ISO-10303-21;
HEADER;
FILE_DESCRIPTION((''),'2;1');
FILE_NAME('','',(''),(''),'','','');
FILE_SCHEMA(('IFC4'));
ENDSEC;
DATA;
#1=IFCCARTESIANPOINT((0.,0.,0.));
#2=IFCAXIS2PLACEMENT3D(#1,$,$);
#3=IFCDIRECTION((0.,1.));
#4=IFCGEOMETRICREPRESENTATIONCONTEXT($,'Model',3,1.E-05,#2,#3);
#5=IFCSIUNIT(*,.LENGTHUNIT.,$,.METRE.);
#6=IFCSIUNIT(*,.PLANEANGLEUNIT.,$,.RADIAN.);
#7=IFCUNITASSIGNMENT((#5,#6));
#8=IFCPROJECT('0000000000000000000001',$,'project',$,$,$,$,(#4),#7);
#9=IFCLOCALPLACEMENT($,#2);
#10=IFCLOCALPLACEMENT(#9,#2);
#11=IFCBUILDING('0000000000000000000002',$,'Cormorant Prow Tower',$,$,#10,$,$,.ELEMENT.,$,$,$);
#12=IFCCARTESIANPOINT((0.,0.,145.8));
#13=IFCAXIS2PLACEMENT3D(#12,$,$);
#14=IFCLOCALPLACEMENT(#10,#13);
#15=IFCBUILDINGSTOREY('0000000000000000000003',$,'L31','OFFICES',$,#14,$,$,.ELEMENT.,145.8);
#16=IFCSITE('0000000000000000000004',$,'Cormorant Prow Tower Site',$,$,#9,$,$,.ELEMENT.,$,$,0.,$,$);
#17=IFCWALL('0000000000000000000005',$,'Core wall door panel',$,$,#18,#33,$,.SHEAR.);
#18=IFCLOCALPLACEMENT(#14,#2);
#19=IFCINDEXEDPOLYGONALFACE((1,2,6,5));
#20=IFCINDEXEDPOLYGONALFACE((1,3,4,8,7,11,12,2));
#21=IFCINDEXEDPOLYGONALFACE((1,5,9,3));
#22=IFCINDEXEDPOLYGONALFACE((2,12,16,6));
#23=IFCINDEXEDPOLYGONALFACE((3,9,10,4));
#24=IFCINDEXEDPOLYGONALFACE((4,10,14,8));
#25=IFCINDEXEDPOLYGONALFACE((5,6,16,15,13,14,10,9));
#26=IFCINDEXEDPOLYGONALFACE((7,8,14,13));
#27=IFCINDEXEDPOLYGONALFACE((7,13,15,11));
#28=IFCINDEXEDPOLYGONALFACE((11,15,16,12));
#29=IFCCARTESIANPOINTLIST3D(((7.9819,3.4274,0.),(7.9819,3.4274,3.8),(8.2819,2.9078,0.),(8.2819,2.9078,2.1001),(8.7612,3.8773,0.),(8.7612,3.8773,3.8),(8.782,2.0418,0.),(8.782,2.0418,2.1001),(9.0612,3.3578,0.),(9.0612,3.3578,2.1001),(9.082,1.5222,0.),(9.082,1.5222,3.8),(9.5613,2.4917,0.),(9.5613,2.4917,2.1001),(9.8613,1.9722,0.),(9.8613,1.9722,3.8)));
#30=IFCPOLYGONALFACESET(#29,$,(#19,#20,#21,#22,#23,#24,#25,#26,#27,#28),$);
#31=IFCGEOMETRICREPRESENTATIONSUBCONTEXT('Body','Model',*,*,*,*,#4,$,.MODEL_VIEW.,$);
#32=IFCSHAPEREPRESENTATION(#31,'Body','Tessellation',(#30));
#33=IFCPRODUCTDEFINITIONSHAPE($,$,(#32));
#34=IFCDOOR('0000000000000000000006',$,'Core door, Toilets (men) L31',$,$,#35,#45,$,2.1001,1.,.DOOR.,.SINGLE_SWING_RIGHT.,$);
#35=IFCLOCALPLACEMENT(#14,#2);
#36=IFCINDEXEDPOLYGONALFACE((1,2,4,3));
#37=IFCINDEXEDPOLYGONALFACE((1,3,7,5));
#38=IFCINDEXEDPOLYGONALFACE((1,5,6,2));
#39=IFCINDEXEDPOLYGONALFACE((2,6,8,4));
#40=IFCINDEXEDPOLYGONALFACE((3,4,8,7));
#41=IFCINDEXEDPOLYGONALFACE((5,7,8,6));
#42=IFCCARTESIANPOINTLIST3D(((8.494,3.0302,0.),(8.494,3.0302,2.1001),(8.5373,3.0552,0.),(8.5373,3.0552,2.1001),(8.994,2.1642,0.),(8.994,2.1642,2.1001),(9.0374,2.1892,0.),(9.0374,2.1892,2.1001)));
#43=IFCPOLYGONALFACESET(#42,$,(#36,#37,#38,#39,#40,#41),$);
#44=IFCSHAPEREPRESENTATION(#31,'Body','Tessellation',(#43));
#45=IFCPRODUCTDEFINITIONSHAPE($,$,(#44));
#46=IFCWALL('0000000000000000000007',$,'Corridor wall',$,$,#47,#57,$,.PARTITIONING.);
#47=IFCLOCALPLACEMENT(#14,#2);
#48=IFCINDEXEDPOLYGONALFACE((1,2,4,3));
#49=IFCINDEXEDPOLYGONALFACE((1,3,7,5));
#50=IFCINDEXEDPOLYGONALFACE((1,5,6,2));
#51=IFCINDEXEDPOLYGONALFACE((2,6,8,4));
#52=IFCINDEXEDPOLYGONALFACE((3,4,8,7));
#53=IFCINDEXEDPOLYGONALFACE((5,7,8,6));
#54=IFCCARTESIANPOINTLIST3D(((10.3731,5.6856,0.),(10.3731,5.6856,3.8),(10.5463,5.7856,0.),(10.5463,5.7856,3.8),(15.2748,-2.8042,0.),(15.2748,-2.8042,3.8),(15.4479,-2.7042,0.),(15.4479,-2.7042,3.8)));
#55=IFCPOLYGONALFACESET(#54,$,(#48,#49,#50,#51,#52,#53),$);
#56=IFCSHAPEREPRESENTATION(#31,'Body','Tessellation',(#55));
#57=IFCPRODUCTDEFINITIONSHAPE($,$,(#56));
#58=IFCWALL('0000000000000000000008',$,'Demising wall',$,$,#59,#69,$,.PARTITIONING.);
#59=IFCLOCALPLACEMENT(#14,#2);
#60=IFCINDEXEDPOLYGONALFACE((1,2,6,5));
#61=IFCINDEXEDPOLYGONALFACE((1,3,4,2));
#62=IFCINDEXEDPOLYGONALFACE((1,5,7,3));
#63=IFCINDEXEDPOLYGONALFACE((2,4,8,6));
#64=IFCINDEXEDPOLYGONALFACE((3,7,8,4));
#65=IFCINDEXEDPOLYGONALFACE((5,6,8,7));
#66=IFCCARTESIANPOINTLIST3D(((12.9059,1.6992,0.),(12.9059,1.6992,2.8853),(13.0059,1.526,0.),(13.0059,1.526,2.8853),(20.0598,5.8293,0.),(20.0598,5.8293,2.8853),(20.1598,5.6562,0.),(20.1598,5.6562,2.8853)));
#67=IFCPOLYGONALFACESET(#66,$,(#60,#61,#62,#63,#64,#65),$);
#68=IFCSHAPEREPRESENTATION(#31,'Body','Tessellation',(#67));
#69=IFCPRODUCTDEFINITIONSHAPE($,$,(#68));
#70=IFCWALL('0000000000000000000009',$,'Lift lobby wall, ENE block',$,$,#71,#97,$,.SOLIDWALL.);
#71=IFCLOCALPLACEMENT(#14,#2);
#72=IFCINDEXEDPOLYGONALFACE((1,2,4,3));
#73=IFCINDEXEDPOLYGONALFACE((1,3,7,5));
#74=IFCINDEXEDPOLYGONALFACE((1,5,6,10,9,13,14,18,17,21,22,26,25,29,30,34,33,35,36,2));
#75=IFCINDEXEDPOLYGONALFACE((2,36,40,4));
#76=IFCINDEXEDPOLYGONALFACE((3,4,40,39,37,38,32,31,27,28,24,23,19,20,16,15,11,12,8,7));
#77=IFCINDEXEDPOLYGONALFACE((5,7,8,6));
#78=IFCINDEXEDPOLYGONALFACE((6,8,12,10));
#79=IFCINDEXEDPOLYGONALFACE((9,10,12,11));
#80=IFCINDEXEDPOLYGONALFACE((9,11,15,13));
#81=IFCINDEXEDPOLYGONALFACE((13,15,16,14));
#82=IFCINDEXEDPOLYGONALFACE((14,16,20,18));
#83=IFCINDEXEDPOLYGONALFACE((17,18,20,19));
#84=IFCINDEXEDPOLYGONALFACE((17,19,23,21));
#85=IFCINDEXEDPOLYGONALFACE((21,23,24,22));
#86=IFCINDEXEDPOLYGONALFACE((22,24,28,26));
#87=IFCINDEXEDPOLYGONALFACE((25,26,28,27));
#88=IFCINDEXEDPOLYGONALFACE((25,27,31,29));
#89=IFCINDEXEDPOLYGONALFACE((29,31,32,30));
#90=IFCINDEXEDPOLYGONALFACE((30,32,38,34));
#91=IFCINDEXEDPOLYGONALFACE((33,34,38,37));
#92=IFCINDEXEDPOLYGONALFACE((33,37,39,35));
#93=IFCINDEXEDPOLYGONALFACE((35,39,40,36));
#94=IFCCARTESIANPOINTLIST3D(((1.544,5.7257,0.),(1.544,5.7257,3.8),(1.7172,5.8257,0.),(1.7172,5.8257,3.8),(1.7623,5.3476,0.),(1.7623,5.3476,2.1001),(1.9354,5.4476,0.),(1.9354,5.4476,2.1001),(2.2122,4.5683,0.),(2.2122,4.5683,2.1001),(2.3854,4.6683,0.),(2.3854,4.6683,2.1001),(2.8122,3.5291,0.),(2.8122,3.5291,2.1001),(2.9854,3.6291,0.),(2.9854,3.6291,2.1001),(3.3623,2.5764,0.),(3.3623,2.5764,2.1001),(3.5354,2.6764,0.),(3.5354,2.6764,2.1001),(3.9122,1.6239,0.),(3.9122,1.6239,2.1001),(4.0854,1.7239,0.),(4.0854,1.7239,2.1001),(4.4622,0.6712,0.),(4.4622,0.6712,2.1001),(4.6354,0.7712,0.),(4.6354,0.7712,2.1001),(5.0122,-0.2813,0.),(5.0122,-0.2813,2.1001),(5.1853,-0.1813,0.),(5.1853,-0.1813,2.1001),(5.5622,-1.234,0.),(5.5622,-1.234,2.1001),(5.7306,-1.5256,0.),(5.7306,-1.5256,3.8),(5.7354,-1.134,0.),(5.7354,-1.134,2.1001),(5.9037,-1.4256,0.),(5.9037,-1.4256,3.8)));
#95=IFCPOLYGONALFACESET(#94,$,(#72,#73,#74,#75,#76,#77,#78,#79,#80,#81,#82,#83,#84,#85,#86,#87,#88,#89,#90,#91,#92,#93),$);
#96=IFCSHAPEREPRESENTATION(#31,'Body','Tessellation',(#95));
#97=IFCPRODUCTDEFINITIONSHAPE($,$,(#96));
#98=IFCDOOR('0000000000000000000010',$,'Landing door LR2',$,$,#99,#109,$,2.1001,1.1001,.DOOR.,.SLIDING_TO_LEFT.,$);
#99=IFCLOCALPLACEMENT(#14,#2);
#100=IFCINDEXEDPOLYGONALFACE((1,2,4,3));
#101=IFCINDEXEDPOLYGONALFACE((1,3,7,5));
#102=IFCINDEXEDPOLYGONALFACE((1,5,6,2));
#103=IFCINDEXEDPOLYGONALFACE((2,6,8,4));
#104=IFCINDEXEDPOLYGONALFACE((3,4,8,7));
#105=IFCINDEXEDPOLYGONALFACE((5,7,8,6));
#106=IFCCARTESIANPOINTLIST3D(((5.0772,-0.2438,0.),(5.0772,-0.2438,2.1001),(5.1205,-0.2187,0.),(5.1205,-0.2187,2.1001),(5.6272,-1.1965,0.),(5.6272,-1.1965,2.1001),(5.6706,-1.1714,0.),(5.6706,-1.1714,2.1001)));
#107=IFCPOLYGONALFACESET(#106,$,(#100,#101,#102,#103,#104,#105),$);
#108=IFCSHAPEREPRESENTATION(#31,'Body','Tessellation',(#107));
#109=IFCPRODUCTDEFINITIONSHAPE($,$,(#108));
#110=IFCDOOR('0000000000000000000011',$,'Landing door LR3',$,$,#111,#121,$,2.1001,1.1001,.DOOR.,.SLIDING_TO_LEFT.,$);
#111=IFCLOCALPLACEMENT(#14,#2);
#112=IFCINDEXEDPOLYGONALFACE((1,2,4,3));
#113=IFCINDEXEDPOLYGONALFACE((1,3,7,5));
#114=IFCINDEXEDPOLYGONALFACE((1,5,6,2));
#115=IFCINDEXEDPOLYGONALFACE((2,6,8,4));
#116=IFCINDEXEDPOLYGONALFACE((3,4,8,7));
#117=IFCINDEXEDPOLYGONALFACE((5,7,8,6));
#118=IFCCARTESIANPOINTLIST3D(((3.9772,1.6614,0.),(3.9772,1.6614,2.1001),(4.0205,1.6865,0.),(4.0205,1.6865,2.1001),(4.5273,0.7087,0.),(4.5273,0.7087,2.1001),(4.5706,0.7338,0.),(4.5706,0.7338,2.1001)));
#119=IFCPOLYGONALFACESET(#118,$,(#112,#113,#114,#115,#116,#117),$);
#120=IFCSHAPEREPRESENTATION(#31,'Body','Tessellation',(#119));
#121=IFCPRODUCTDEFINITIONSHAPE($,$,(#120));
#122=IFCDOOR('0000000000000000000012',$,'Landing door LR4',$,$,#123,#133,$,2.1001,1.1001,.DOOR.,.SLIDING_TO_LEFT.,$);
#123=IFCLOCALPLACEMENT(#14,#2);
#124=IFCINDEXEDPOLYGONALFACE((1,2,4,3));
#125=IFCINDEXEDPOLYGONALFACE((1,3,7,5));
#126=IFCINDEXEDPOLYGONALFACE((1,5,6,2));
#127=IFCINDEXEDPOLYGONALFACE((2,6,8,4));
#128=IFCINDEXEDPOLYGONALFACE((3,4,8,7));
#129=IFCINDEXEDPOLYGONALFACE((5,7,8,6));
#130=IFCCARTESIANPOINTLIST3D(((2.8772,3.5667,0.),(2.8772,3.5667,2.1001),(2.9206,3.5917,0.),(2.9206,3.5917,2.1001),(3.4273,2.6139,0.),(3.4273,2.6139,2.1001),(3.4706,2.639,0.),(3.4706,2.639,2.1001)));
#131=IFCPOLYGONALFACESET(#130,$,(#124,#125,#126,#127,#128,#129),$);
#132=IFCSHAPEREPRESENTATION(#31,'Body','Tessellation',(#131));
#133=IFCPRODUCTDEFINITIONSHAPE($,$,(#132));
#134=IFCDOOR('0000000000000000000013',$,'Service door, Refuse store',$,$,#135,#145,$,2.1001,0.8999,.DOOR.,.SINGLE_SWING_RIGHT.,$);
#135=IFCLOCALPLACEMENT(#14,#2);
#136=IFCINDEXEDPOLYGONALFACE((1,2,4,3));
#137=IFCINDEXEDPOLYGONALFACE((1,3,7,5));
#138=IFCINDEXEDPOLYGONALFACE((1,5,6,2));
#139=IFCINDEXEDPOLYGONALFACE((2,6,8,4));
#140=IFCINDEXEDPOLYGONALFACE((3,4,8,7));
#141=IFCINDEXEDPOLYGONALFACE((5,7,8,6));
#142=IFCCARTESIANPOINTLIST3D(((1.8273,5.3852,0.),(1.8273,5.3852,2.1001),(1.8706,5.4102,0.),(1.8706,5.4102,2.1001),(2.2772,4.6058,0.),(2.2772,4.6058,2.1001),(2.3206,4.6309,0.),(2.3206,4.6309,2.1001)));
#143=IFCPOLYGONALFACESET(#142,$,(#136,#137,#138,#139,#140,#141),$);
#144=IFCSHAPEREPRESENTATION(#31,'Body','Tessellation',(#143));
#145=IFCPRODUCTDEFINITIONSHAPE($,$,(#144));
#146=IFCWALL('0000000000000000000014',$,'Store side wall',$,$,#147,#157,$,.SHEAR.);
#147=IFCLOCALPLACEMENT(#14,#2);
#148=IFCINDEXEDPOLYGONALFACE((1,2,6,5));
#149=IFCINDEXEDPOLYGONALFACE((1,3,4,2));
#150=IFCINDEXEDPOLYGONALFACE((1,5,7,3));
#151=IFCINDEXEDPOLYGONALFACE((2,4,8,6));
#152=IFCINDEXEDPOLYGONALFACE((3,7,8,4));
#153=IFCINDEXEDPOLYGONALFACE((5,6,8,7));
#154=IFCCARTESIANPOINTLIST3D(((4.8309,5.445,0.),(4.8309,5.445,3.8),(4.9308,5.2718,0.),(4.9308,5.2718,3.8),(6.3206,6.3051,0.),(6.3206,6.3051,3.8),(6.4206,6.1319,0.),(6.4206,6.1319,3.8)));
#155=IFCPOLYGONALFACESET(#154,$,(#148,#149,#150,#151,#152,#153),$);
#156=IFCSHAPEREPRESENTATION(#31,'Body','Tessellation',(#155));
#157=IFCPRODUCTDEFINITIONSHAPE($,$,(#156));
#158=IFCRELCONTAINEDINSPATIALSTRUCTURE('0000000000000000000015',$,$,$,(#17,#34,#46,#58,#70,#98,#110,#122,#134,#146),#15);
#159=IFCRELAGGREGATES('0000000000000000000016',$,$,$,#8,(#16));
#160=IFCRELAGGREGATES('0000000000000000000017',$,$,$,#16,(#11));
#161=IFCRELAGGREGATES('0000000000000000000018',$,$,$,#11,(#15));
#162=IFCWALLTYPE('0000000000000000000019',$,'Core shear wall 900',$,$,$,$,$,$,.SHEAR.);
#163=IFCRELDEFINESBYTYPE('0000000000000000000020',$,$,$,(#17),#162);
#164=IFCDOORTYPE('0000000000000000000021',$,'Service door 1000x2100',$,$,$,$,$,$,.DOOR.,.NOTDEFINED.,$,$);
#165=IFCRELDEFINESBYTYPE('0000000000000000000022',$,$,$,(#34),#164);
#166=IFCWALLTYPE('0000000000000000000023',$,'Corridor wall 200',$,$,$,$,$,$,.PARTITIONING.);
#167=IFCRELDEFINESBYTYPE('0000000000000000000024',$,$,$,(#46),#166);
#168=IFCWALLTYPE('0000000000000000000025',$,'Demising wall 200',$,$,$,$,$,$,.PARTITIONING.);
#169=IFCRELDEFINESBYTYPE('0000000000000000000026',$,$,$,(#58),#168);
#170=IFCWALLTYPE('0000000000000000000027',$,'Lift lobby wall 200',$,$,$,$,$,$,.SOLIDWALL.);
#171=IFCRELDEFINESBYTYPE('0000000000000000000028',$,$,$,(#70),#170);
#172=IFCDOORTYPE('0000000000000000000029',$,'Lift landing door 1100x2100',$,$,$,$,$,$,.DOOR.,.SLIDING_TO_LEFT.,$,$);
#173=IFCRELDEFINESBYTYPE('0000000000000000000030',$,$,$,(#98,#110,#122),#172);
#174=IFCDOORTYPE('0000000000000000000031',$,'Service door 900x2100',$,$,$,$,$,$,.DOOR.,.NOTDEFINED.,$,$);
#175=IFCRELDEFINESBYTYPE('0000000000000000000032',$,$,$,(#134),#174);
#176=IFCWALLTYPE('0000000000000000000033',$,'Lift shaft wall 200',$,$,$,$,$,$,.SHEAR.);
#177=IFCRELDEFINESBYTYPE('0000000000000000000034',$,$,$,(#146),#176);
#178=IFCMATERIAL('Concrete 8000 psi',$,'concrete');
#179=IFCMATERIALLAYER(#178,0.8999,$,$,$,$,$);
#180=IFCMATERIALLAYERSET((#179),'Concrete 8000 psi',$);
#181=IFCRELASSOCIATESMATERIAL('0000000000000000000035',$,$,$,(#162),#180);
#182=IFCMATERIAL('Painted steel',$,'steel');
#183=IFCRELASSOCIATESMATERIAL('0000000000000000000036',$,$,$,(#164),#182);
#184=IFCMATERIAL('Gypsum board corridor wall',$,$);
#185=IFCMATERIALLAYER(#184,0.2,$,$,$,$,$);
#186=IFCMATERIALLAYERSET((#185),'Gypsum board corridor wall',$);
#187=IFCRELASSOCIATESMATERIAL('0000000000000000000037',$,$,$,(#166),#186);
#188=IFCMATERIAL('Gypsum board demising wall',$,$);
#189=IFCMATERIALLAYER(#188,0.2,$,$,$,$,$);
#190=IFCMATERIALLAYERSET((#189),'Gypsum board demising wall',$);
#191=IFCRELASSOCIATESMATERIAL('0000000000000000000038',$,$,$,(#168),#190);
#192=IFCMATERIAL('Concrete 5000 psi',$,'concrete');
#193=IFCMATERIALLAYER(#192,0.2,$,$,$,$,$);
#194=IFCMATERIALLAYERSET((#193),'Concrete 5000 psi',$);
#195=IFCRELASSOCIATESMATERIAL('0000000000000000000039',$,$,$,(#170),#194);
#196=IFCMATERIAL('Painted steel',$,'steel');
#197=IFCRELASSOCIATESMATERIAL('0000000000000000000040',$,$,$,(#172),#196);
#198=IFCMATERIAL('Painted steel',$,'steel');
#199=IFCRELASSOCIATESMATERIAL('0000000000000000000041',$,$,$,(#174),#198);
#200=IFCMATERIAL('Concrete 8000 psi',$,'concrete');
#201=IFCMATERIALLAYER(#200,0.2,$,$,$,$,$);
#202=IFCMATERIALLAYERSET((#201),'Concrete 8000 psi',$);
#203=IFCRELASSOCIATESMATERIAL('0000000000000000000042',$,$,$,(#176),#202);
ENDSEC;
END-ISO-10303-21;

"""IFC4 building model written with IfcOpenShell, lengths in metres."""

from ifc_helpers import new_model, si_unit, direction, frame, frame_2d, origin, place, context, subcontext, project, spatial, rectangle, extrude, material, layer, layer_set, type_object, element, fill, save


model = new_model("IFC4")

# Units and contexts
model_context = context("Model", 3, precision=1e-05, world=origin(), true_north=direction((0.0, 1.0)))
body_context = subcontext(model_context, "Body", "Model", "MODEL_VIEW")
ifc_project = project(units=[si_unit("LENGTHUNIT", "METRE"), si_unit("PLANEANGLEUNIT", "RADIAN")], contexts=[model_context])

# Site, building, storey
site_placement = place(None, origin())
site = spatial("IfcSite", under=ifc_project, at=site_placement, Name="Cormorant Prow Tower Site", CompositionType="ELEMENT", RefElevation=0.0)
building_placement = place(site_placement, origin())
building = spatial("IfcBuilding", under=site, at=building_placement, Name="Cormorant Prow Tower", CompositionType="ELEMENT")
storey_placement = place(building_placement, frame((0.0, 0.0, 145.8)))
storey = spatial("IfcBuildingStorey", under=building, at=storey_placement, Name="L31", Description="OFFICES", CompositionType="ELEMENT", Elevation=145.8)

# Shared definitions
ifc_material_1 = material(Name="Concrete 8000 psi", Category="concrete")
ifc_layer_1 = layer(ifc_material_1, 0.8999)
ifc_layer_set_1 = layer_set([ifc_layer_1], Name="Concrete 8000 psi")
wall_type_1 = type_object("IfcWallType", Name="Core shear wall 900", PredefinedType="SHEAR", material=ifc_layer_set_1)

# Wall, opening, door
wall_1_placement = place(storey_placement, frame((9.4717, 1.7471, 0.0), z_axis=(0.0, 0.0, 1.0), x_axis=(-0.50003, 0.866008, 0.0)))
wall_1 = element("IfcWall", 1, at=wall_1_placement, inside=storey, type_object=wall_type_1, Name="Core wall door panel", PredefinedType="SHEAR", context=body_context, shape_type="SweptSolid", body=[
    extrude(rectangle(XDim=2.2, YDim=0.8999, at=frame_2d((1.1001, 0.0))), origin(), (0.0, 0.0, 1.0), 3.8),
])
opening_1_placement = place(wall_1_placement, frame((0.6001, 0.0, 0.0)))
opening_1 = element("IfcOpeningElement", 2, at=opening_1_placement, cuts=wall_1, PredefinedType="OPENING", context=body_context, shape_type="SweptSolid", body=[
    extrude(rectangle(XDim=1.0, YDim=2.1001, at=frame_2d((0.5, 1.05))), frame((0.0, 0.46, 0.0), z_axis=(0.0, -1.0, 0.0), x_axis=(1.0, 0.0, 0.0)), (0.0, 0.0, 1.0), 0.9199),
])
ifc_material_2 = material(Name="Painted steel", Category="steel")
door_type_1 = type_object("IfcDoorType", Name="Service door 1000x2100", OperationType="NOTDEFINED", PredefinedType="DOOR", material=ifc_material_2)
door_1_placement = place(opening_1_placement, origin())
door_1 = element("IfcDoor", 3, at=door_1_placement, inside=storey, type_object=door_type_1, Name="Core door, Toilets (men) L31", OperationType="SINGLE_SWING_RIGHT", OverallHeight=2.1001, OverallWidth=1.0, PredefinedType="DOOR", context=body_context, shape_type="SweptSolid", body=[
    extrude(rectangle(XDim=1.0, YDim=2.1001, at=frame_2d((0.5, 1.05))), frame((0.0, 0.2051, 0.0), z_axis=(0.0, -1.0, 0.0), x_axis=(1.0, 0.0, 0.0)), (0.0, 0.0, 1.0), 0.05),
])
fill(opening_1, door_1)

# Walls
ifc_material_3 = material(Name="Gypsum board corridor wall")
ifc_layer_2 = layer(ifc_material_3, 0.2)
ifc_layer_set_2 = layer_set([ifc_layer_2], Name="Gypsum board corridor wall")
wall_type_2 = type_object("IfcWallType", Name="Corridor wall 200", PredefinedType="PARTITIONING", material=ifc_layer_set_2)
wall_2_placement = place(storey_placement, frame((10.4597, 5.7356, 0.0), z_axis=(0.0, 0.0, 1.0), x_axis=(0.500004, -0.866023, 0.0)))
element("IfcWall", 4, at=wall_2_placement, inside=storey, type_object=wall_type_2, Name="Corridor wall", PredefinedType="PARTITIONING", context=body_context, shape_type="SweptSolid", body=[
    extrude(rectangle(XDim=9.8032, YDim=0.2, at=frame_2d((4.9016, 0.0))), origin(), (0.0, 0.0, 1.0), 3.8),
])
ifc_material_4 = material(Name="Gypsum board demising wall")
ifc_layer_3 = layer(ifc_material_4, 0.2)
ifc_layer_set_3 = layer_set([ifc_layer_3], Name="Gypsum board demising wall")
wall_type_3 = type_object("IfcWallType", Name="Demising wall 200", PredefinedType="PARTITIONING", material=ifc_layer_set_3)
wall_3_placement = place(storey_placement, frame((12.9558, 1.6125, 0.0), z_axis=(0.0, 0.0, 1.0), x_axis=(0.866032, 0.499989, 0.0)))
element("IfcWall", 5, at=wall_3_placement, inside=storey, type_object=wall_type_3, Name="Demising wall", PredefinedType="PARTITIONING", context=body_context, shape_type="SweptSolid", body=[
    extrude(rectangle(XDim=8.2605, YDim=0.2, at=frame_2d((4.1304, 0.0))), origin(), (0.0, 0.0, 1.0), 2.8853),
])

# Wall, openings, doors
ifc_material_5 = material(Name="Concrete 5000 psi", Category="concrete")
ifc_layer_4 = layer(ifc_material_5, 0.2)
ifc_layer_set_4 = layer_set([ifc_layer_4], Name="Concrete 5000 psi")
wall_type_4 = type_object("IfcWallType", Name="Lift lobby wall 200", PredefinedType="SOLIDWALL", material=ifc_layer_set_4)
wall_4_placement = place(storey_placement, frame((5.8171, -1.4756, 0.0), z_axis=(0.0, 0.0, 1.0), x_axis=(-0.500003, 0.866024, 0.0)))
wall_4 = element("IfcWall", 6, at=wall_4_placement, inside=storey, type_object=wall_type_4, Name="Lift lobby wall, ENE block", PredefinedType="SOLIDWALL", context=body_context, shape_type="SweptSolid", body=[
    extrude(rectangle(XDim=8.373, YDim=0.2, at=frame_2d((4.1865, 0.0))), origin(), (0.0, 0.0, 1.0), 3.8),
])
opening_2_placement = place(wall_4_placement, frame((0.3367, 0.0, 0.0)))
opening_2 = element("IfcOpeningElement", 7, at=opening_2_placement, cuts=wall_4, PredefinedType="OPENING", context=body_context, shape_type="SweptSolid", body=[
    extrude(rectangle(XDim=1.1001, YDim=2.1001, at=frame_2d((0.55, 1.05))), frame((0.0, 0.1099, 0.0), z_axis=(0.0, -1.0, 0.0), x_axis=(1.0, 0.0, 0.0)), (0.0, 0.0, 1.0), 0.22),
])
opening_3_placement = place(wall_4_placement, frame((2.5366, 0.0, 0.0)))
opening_3 = element("IfcOpeningElement", 8, at=opening_3_placement, cuts=wall_4, PredefinedType="OPENING", context=body_context, shape_type="SweptSolid", body=[
    extrude(rectangle(XDim=1.1001, YDim=2.1001, at=frame_2d((0.55, 1.05))), frame((0.0, 0.1099, 0.0), z_axis=(0.0, -1.0, 0.0), x_axis=(1.0, 0.0, 0.0)), (0.0, 0.0, 1.0), 0.22),
])
opening_4_placement = place(wall_4_placement, frame((4.7366, 0.0, 0.0)))
opening_4 = element("IfcOpeningElement", 9, at=opening_4_placement, cuts=wall_4, PredefinedType="OPENING", context=body_context, shape_type="SweptSolid", body=[
    extrude(rectangle(XDim=1.1001, YDim=2.1001, at=frame_2d((0.55, 1.05))), frame((0.0, 0.1099, 0.0), z_axis=(0.0, -1.0, 0.0), x_axis=(1.0, 0.0, 0.0)), (0.0, 0.0, 1.0), 0.22),
])
opening_5_placement = place(wall_4_placement, frame((7.0366, 0.0, 0.0)))
opening_5 = element("IfcOpeningElement", 10, at=opening_5_placement, cuts=wall_4, PredefinedType="OPENING", context=body_context, shape_type="SweptSolid", body=[
    extrude(rectangle(XDim=0.8999, YDim=2.1001, at=frame_2d((0.45, 1.05))), frame((0.0, 0.1099, 0.0), z_axis=(0.0, -1.0, 0.0), x_axis=(1.0, 0.0, 0.0)), (0.0, 0.0, 1.0), 0.22),
])
ifc_material_6 = material(Name="Painted steel", Category="steel")
door_type_2 = type_object("IfcDoorType", Name="Lift landing door 1100x2100", OperationType="SLIDING_TO_LEFT", PredefinedType="DOOR", material=ifc_material_6)
door_2_placement = place(opening_2_placement, origin())
door_2 = element("IfcDoor", 11, at=door_2_placement, inside=storey, type_object=door_type_2, Name="Landing door LR2", OperationType="SLIDING_TO_LEFT", OverallHeight=2.1001, OverallWidth=1.1001, PredefinedType="DOOR", context=body_context, shape_type="SweptSolid", body=[
    extrude(rectangle(XDim=1.1001, YDim=2.1001, at=frame_2d((0.55, 1.05))), frame((0.0, 0.0249, 0.0), z_axis=(0.0, -1.0, 0.0), x_axis=(1.0, 0.0, 0.0)), (0.0, 0.0, 1.0), 0.05),
])
fill(opening_2, door_2)
door_3_placement = place(opening_3_placement, origin())
door_3 = element("IfcDoor", 12, at=door_3_placement, inside=storey, type_object=door_type_2, Name="Landing door LR3", OperationType="SLIDING_TO_LEFT", OverallHeight=2.1001, OverallWidth=1.1001, PredefinedType="DOOR", context=body_context, shape_type="SweptSolid", body=[
    extrude(rectangle(XDim=1.1001, YDim=2.1001, at=frame_2d((0.55, 1.05))), frame((0.0, 0.0249, 0.0), z_axis=(0.0, -1.0, 0.0), x_axis=(1.0, 0.0, 0.0)), (0.0, 0.0, 1.0), 0.05),
])
fill(opening_3, door_3)
door_4_placement = place(opening_4_placement, origin())
door_4 = element("IfcDoor", 13, at=door_4_placement, inside=storey, type_object=door_type_2, Name="Landing door LR4", OperationType="SLIDING_TO_LEFT", OverallHeight=2.1001, OverallWidth=1.1001, PredefinedType="DOOR", context=body_context, shape_type="SweptSolid", body=[
    extrude(rectangle(XDim=1.1001, YDim=2.1001, at=frame_2d((0.55, 1.05))), frame((0.0, 0.0249, 0.0), z_axis=(0.0, -1.0, 0.0), x_axis=(1.0, 0.0, 0.0)), (0.0, 0.0, 1.0), 0.05),
])
fill(opening_4, door_4)
ifc_material_7 = material(Name="Painted steel", Category="steel")
door_type_3 = type_object("IfcDoorType", Name="Service door 900x2100", OperationType="NOTDEFINED", PredefinedType="DOOR", material=ifc_material_7)
door_5_placement = place(opening_5_placement, origin())
door_5 = element("IfcDoor", 14, at=door_5_placement, inside=storey, type_object=door_type_3, Name="Service door, Refuse store", OperationType="SINGLE_SWING_RIGHT", OverallHeight=2.1001, OverallWidth=0.8999, PredefinedType="DOOR", context=body_context, shape_type="SweptSolid", body=[
    extrude(rectangle(XDim=0.8999, YDim=2.1001, at=frame_2d((0.45, 1.05))), frame((0.0, 0.0249, 0.0), z_axis=(0.0, -1.0, 0.0), x_axis=(1.0, 0.0, 0.0)), (0.0, 0.0, 1.0), 0.05),
])
fill(opening_5, door_5)

# Wall
ifc_material_8 = material(Name="Concrete 8000 psi", Category="concrete")
ifc_layer_5 = layer(ifc_material_8, 0.2)
ifc_layer_set_5 = layer_set([ifc_layer_5], Name="Concrete 8000 psi")
wall_type_5 = type_object("IfcWallType", Name="Lift shaft wall 200", PredefinedType="SHEAR", material=ifc_layer_set_5)
wall_5_placement = place(storey_placement, frame((4.8809, 5.3584, 0.0), z_axis=(0.0, 0.0, 1.0), x_axis=(0.866025, 0.500001, 0.0)))
element("IfcWall", 15, at=wall_5_placement, inside=storey, type_object=wall_type_5, Name="Store side wall", PredefinedType="SHEAR", context=body_context, shape_type="SweptSolid", body=[
    extrude(rectangle(XDim=1.7202, YDim=0.2, at=frame_2d((0.8601, 0.0))), origin(), (0.0, 0.0, 1.0), 3.8),
])

save(model, "model.ifc")
